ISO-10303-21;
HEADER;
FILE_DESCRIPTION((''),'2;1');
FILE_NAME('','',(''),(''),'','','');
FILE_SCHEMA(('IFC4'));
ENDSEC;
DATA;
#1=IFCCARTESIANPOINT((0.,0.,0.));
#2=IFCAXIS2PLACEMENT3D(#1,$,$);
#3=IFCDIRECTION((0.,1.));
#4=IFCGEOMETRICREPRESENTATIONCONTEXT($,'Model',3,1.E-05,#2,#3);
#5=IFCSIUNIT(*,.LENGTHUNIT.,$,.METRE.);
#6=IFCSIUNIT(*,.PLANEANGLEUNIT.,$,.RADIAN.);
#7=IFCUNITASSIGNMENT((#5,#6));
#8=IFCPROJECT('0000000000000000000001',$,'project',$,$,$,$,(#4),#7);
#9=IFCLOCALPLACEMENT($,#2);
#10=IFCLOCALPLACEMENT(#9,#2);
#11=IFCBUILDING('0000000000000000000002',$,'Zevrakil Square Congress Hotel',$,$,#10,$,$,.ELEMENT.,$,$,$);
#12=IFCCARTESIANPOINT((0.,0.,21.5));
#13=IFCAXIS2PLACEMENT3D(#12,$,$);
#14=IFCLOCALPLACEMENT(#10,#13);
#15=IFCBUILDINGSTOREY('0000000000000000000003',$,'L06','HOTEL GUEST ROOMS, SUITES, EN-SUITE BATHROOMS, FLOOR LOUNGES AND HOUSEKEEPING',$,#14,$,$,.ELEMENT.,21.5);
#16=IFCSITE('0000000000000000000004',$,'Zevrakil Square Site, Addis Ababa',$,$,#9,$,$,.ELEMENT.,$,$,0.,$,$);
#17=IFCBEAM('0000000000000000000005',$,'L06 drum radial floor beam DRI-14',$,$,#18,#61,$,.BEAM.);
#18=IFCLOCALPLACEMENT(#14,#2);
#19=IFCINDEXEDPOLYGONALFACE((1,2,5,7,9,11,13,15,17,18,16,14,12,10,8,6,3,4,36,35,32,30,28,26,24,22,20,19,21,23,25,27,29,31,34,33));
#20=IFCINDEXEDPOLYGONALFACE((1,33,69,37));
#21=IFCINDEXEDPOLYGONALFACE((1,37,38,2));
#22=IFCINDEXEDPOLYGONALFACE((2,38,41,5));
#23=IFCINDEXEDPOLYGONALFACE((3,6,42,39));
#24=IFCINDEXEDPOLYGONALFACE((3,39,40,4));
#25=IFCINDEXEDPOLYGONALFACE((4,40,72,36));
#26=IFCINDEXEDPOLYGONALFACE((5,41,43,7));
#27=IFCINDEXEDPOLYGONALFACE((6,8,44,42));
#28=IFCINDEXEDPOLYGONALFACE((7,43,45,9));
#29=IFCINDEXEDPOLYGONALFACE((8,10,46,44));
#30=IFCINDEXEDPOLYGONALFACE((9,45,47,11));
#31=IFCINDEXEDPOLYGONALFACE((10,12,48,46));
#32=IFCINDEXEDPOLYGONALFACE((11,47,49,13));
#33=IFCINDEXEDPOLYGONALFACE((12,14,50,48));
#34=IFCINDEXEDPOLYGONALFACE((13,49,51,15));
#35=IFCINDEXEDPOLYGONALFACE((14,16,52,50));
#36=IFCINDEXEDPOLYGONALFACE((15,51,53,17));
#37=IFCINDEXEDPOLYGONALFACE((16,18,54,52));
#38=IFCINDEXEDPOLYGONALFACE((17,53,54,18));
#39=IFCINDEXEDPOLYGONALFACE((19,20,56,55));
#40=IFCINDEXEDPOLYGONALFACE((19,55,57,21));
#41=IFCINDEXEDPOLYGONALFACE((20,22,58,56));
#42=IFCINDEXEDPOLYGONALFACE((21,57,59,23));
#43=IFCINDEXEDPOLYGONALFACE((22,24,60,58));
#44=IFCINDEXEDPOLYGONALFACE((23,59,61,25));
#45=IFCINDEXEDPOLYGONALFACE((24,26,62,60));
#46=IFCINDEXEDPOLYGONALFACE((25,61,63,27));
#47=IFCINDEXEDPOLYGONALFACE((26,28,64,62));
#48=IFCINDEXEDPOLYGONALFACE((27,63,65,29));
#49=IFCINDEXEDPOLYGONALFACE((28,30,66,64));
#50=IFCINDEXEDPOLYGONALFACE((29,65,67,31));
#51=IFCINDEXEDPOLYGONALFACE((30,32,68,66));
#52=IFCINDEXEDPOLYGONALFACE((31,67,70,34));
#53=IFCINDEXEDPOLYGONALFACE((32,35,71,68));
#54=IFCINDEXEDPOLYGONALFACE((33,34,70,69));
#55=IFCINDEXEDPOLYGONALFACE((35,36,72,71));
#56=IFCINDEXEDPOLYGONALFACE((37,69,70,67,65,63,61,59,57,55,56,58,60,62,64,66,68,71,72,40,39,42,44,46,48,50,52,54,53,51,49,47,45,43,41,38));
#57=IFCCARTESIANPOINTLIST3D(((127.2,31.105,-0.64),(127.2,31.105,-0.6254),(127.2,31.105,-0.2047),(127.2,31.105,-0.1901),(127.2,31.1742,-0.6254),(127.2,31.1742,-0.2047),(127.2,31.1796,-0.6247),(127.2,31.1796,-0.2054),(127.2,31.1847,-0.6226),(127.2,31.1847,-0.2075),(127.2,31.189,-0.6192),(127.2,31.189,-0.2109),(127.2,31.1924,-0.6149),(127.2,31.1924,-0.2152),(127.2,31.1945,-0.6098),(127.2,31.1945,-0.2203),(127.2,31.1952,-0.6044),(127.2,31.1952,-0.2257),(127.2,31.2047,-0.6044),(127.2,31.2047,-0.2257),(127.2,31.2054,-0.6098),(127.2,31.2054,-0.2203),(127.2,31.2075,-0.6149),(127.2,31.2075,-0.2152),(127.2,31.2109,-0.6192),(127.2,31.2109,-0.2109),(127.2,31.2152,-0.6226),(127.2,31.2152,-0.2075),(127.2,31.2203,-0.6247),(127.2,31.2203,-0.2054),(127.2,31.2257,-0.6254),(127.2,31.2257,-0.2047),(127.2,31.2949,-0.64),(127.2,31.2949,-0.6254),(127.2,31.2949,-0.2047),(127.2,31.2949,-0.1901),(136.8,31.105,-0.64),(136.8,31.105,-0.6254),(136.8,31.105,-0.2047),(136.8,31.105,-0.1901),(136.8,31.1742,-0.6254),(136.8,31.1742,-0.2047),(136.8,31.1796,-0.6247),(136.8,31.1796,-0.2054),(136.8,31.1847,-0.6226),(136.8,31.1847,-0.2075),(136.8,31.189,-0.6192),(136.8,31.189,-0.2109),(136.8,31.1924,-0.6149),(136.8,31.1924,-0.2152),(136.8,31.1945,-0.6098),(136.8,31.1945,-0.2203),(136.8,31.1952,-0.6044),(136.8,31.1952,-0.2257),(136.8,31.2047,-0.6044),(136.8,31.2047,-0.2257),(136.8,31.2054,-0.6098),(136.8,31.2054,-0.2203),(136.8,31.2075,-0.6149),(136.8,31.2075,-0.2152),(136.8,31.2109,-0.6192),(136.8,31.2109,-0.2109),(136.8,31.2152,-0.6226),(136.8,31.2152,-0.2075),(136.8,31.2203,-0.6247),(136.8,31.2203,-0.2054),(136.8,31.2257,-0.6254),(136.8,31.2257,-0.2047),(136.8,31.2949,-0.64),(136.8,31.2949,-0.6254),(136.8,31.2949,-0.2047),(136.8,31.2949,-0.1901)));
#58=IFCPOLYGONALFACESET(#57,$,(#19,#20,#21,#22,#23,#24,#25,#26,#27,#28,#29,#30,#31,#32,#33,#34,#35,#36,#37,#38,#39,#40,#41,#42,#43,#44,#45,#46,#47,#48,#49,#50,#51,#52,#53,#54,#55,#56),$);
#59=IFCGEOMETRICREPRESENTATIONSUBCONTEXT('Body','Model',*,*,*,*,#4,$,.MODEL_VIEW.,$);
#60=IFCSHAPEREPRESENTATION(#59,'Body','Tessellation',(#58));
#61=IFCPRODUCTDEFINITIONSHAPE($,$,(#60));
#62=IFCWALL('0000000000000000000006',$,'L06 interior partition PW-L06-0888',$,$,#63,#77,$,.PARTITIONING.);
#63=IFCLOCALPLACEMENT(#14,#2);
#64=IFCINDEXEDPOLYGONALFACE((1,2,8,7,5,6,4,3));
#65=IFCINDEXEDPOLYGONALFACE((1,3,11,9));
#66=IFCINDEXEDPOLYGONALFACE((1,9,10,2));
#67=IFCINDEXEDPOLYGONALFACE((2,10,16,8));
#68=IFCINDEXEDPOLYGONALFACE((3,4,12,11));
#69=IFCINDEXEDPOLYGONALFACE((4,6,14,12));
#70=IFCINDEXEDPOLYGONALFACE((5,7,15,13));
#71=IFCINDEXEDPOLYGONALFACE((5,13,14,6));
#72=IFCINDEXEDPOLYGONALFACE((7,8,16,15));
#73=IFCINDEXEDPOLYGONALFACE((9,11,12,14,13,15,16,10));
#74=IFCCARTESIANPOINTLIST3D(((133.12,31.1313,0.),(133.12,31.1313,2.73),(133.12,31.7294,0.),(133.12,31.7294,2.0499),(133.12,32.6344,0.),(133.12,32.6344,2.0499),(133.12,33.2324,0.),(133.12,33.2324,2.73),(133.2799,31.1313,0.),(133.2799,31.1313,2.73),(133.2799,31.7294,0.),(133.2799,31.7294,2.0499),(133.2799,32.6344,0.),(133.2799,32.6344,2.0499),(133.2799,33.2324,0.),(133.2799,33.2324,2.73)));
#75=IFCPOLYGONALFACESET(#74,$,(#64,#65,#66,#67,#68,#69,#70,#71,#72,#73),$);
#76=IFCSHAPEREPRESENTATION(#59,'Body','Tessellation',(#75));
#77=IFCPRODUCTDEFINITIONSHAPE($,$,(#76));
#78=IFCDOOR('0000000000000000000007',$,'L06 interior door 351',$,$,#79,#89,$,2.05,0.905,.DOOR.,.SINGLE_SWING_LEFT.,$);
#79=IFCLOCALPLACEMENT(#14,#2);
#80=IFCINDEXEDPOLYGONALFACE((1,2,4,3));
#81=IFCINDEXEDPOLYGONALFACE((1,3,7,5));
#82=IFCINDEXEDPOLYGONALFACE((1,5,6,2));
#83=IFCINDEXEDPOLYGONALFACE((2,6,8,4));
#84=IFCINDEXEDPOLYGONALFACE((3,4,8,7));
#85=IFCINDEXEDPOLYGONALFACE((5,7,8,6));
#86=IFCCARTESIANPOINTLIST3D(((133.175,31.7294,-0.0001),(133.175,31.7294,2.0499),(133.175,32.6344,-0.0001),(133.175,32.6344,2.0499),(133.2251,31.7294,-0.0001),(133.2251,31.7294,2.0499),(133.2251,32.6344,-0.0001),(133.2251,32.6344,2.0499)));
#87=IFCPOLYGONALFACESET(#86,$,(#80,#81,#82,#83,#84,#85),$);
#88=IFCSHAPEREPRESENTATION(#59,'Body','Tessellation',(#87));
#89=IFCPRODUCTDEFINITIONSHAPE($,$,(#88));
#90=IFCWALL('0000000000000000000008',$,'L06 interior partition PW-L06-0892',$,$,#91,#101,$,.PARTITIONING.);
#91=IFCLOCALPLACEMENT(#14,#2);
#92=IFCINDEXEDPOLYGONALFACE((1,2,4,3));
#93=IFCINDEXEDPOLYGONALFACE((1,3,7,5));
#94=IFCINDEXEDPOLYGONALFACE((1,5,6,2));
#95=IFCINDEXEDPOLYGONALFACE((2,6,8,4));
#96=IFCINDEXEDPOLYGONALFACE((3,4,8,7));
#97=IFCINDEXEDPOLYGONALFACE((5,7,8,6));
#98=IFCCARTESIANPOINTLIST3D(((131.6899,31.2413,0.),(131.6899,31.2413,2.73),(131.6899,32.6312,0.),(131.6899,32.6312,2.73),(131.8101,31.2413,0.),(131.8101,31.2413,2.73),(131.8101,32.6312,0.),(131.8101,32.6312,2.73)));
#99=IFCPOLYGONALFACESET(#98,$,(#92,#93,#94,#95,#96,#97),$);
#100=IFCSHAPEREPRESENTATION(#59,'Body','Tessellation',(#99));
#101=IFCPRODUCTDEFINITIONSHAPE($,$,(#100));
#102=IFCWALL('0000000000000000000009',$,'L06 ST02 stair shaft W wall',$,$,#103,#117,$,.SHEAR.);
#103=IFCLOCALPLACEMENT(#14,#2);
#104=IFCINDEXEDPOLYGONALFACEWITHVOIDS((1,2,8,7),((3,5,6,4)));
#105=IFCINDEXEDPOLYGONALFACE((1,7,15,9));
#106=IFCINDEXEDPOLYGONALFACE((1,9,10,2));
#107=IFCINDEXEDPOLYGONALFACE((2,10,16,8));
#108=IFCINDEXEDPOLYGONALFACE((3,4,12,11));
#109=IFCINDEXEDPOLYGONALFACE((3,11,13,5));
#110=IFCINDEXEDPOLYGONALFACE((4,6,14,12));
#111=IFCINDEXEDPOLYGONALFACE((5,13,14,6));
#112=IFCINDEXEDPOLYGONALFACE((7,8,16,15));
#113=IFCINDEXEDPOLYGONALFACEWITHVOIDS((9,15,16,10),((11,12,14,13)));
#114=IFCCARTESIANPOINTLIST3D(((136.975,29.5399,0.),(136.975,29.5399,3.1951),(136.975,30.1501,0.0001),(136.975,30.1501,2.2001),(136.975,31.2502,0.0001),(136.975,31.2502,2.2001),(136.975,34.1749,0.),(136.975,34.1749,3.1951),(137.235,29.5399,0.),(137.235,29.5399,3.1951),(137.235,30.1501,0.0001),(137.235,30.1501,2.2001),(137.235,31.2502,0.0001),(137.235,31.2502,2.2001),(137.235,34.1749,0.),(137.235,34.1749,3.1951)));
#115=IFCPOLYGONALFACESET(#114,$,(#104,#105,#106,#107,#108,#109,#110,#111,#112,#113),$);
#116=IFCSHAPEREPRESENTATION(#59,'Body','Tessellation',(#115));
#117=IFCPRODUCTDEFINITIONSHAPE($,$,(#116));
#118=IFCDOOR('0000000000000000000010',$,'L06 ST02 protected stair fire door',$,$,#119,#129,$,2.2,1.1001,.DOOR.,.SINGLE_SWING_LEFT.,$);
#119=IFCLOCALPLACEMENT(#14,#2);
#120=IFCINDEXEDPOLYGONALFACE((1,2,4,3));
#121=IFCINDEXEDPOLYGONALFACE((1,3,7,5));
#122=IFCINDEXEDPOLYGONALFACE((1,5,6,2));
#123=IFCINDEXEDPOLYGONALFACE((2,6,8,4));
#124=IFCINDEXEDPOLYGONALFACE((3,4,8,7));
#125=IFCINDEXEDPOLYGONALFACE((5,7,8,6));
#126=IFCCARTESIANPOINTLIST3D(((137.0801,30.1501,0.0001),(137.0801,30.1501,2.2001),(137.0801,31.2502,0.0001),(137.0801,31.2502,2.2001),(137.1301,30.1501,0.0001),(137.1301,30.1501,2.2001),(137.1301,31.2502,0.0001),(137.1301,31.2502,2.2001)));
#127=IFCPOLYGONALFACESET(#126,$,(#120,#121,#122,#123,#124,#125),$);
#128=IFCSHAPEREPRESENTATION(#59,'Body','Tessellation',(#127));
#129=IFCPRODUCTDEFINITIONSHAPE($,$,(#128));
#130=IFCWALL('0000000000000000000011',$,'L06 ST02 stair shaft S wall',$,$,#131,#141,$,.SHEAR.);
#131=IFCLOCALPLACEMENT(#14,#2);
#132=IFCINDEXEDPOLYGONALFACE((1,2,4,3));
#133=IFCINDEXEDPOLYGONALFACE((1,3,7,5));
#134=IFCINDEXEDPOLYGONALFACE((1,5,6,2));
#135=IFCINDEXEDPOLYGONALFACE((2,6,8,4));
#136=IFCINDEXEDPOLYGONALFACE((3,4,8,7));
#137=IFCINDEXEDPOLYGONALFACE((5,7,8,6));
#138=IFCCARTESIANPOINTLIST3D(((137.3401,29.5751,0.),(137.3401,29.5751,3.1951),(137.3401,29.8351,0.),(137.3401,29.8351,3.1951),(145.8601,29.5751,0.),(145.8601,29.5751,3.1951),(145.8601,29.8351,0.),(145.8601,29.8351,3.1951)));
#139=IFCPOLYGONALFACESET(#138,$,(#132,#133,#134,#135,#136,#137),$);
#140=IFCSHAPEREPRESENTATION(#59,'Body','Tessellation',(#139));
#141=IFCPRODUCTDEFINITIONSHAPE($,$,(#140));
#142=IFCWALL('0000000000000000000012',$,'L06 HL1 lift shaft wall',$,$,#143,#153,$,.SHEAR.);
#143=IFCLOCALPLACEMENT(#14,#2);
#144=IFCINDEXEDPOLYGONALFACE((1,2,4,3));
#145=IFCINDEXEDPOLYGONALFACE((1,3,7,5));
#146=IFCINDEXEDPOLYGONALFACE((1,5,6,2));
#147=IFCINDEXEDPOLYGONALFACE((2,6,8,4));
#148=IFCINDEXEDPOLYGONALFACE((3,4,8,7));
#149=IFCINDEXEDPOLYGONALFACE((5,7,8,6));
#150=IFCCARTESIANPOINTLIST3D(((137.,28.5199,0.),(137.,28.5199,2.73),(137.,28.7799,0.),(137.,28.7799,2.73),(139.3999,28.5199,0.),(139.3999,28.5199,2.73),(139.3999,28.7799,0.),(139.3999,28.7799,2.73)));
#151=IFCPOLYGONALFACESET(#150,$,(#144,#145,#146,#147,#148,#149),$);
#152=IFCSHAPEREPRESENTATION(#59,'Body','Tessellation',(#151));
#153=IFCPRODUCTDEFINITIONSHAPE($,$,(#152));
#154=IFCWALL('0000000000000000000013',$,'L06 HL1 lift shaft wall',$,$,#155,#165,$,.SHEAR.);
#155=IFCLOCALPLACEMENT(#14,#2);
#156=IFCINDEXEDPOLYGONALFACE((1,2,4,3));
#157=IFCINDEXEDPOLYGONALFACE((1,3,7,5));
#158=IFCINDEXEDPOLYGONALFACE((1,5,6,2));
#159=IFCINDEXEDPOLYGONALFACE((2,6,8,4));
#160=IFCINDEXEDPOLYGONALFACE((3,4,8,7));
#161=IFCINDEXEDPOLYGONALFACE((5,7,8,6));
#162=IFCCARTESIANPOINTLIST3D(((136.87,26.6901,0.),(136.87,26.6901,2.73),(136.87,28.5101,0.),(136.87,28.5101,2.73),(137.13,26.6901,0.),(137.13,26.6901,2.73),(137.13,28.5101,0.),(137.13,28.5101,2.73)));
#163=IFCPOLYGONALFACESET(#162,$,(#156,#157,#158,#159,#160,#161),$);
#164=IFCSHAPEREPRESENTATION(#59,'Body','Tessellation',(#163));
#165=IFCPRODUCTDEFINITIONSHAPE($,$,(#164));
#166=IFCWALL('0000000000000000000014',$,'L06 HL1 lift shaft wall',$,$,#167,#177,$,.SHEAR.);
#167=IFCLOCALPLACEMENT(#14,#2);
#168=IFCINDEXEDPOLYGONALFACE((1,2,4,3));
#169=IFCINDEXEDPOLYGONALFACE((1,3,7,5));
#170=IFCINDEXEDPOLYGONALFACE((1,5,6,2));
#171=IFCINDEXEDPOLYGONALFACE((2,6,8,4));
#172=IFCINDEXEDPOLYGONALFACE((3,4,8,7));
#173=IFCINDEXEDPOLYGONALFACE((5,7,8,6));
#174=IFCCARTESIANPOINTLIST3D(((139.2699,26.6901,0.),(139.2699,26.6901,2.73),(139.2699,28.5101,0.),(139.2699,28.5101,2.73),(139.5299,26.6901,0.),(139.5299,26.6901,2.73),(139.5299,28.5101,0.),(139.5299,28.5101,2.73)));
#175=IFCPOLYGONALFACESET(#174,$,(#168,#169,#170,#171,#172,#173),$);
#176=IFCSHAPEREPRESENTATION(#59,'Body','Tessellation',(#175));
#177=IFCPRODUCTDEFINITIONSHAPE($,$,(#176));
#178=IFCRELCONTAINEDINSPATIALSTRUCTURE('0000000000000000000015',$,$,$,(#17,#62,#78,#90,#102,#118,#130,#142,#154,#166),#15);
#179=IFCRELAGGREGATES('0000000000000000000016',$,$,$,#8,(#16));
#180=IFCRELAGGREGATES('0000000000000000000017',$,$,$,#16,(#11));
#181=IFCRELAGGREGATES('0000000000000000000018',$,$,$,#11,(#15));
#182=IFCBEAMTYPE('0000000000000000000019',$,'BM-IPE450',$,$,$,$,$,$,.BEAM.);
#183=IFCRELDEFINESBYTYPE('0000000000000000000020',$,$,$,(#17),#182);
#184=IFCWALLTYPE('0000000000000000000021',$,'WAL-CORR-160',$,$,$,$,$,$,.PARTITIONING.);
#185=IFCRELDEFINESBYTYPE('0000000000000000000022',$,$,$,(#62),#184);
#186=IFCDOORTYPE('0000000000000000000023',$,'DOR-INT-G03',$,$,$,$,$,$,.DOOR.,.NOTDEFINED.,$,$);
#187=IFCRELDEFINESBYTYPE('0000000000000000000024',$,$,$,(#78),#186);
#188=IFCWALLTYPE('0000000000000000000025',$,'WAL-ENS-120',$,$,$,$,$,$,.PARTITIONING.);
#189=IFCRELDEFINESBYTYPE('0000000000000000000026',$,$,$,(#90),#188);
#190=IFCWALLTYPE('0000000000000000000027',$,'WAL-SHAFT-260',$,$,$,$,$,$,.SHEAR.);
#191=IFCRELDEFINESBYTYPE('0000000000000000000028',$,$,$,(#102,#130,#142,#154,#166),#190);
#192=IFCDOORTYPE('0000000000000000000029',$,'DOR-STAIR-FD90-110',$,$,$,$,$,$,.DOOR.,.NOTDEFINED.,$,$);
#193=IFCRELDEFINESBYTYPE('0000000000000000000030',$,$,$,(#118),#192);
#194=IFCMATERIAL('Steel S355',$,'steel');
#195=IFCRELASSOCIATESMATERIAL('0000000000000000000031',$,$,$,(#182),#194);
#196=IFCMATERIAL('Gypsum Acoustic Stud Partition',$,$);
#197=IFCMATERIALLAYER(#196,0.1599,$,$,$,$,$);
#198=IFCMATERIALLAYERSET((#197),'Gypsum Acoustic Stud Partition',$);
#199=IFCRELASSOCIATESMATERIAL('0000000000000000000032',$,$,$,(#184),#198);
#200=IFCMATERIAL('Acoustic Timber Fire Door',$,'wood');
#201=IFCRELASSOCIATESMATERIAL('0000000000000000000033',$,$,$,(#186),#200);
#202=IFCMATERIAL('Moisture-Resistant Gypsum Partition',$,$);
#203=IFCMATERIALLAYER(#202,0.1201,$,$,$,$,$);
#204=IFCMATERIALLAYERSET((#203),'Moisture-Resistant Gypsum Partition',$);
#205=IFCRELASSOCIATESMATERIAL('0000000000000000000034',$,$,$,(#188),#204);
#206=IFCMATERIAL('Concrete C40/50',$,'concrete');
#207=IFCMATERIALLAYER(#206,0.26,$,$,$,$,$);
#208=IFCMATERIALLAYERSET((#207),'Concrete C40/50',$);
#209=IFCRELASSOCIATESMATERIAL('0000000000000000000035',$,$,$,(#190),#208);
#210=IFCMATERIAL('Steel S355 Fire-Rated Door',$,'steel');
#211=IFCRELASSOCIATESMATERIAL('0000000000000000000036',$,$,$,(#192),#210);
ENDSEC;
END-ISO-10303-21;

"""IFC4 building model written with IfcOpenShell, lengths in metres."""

from ifc_helpers import new_model, si_unit, direction, frame, frame_2d, origin, origin_2d, place, context, subcontext, project, spatial, rectangle, i_section, extrude, material, layer, layer_set, material_profile, profile_set, type_object, element, fill, save


model = new_model("IFC4")

# Units and contexts
model_context = context("Model", 3, precision=1e-05, world=origin(), true_north=direction((0.0, 1.0)))
body_context = subcontext(model_context, "Body", "Model", "MODEL_VIEW")
ifc_project = project(units=[si_unit("LENGTHUNIT", "METRE"), si_unit("PLANEANGLEUNIT", "RADIAN")], contexts=[model_context])

# Site, building, storey
site_placement = place(None, origin())
site = spatial("IfcSite", under=ifc_project, at=site_placement, Name="Zevrakil Square Site, Addis Ababa", CompositionType="ELEMENT", RefElevation=0.0)
building_placement = place(site_placement, origin())
building = spatial("IfcBuilding", under=site, at=building_placement, Name="Zevrakil Square Congress Hotel", CompositionType="ELEMENT")
storey_placement = place(building_placement, frame((0.0, 0.0, 21.5)))
storey = spatial("IfcBuildingStorey", under=building, at=storey_placement, Name="L06", Description="HOTEL GUEST ROOMS, SUITES, EN-SUITE BATHROOMS, FLOOR LOUNGES AND HOUSEKEEPING", CompositionType="ELEMENT", Elevation=21.5)

# Beam
ifc_material_1 = material(Name="Steel S355", Category="steel")
ifc_material_profile = material_profile(ifc_material_1, i_section(OverallWidth=0.1899, OverallDepth=0.45, WebThickness=0.0095, FlangeThickness=0.0146, FilletRadius=0.021, at=origin_2d()), Name="IPE 450")
ifc_profile_set = profile_set([ifc_material_profile], Name="Steel S355")
beam_type = type_object("IfcBeamType", Name="BM-IPE450", PredefinedType="BEAM", material=ifc_profile_set)
beam_placement = place(storey_placement, frame((136.8, 31.2, -0.415), z_axis=(-1.0, 0.0, 0.0), x_axis=(0.0, -1.0, 0.0)))
element("IfcBeam", 1, at=beam_placement, inside=storey, type_object=beam_type, Name="L06 drum radial floor beam DRI-14", PredefinedType="BEAM", context=body_context, shape_type="SweptSolid", body=[
    extrude(i_section(OverallWidth=0.1899, OverallDepth=0.45, WebThickness=0.0095, FlangeThickness=0.0146, FilletRadius=0.021, at=origin_2d()), origin(), (0.0, 0.0, 1.0), 9.6001),
])

# Wall, opening, door
ifc_material_2 = material(Name="Gypsum Acoustic Stud Partition")
ifc_layer_1 = layer(ifc_material_2, 0.1599)
ifc_layer_set_1 = layer_set([ifc_layer_1], Name="Gypsum Acoustic Stud Partition")
wall_type_1 = type_object("IfcWallType", Name="WAL-CORR-160", PredefinedType="PARTITIONING", material=ifc_layer_set_1)
wall_1_placement = place(storey_placement, frame((133.2, 31.1313, 0.0), z_axis=(0.0, 0.0, 1.0), x_axis=(0.0, 1.0, 0.0)))
wall_1 = element("IfcWall", 2, at=wall_1_placement, inside=storey, type_object=wall_type_1, Name="L06 interior partition PW-L06-0888", PredefinedType="PARTITIONING", context=body_context, shape_type="SweptSolid", body=[
    extrude(rectangle(XDim=2.1011, YDim=0.1599, at=frame_2d((1.0505, 0.0))), origin(), (0.0, 0.0, 1.0), 2.73),
])
opening_1_placement = place(wall_1_placement, frame((0.5979, 0.0, 0.0)))
opening_1 = element("IfcOpeningElement", 3, at=opening_1_placement, cuts=wall_1, PredefinedType="OPENING", context=body_context, shape_type="SweptSolid", body=[
    extrude(rectangle(XDim=0.905, YDim=2.05, at=frame_2d((0.4526, 1.0249))), frame((0.0, 0.0898, 0.0), z_axis=(0.0, -1.0, 0.0), x_axis=(1.0, 0.0, 0.0)), (0.0, 0.0, 1.0), 0.1799),
])
ifc_material_3 = material(Name="Acoustic Timber Fire Door", Category="wood")
door_type_1 = type_object("IfcDoorType", Name="DOR-INT-G03", OperationType="NOTDEFINED", PredefinedType="DOOR", material=ifc_material_3)
door_1_placement = place(opening_1_placement, origin())
door_1 = element("IfcDoor", 4, at=door_1_placement, inside=storey, type_object=door_type_1, Name="L06 interior door 351", OperationType="SINGLE_SWING_LEFT", OverallHeight=2.05, OverallWidth=0.905, PredefinedType="DOOR", context=body_context, shape_type="SweptSolid", body=[
    extrude(rectangle(XDim=0.905, YDim=2.05, at=frame_2d((0.4526, 1.0249))), frame((0.0, 0.0249, 0.0), z_axis=(0.0, -1.0, 0.0), x_axis=(1.0, 0.0, 0.0)), (0.0, 0.0, 1.0), 0.05),
])
fill(opening_1, door_1)

# Wall
ifc_material_4 = material(Name="Moisture-Resistant Gypsum Partition")
ifc_layer_2 = layer(ifc_material_4, 0.1201)
ifc_layer_set_2 = layer_set([ifc_layer_2], Name="Moisture-Resistant Gypsum Partition")
wall_type_2 = type_object("IfcWallType", Name="WAL-ENS-120", PredefinedType="PARTITIONING", material=ifc_layer_set_2)
wall_2_placement = place(storey_placement, frame((131.75, 31.2415, 0.0), z_axis=(0.0, 0.0, 1.0), x_axis=(0.0, 1.0, 0.0)))
element("IfcWall", 5, at=wall_2_placement, inside=storey, type_object=wall_type_2, Name="L06 interior partition PW-L06-0892", PredefinedType="PARTITIONING", context=body_context, shape_type="SweptSolid", body=[
    extrude(rectangle(XDim=1.3899, YDim=0.1201, at=frame_2d((0.6948, 0.0))), origin(), (0.0, 0.0, 1.0), 2.73),
])

# Wall, opening, door
ifc_material_5 = material(Name="Concrete C40/50", Category="concrete")
ifc_layer_3 = layer(ifc_material_5, 0.26)
ifc_layer_set_3 = layer_set([ifc_layer_3], Name="Concrete C40/50")
wall_type_3 = type_object("IfcWallType", Name="WAL-SHAFT-260", PredefinedType="SHEAR", material=ifc_layer_set_3)
wall_3_placement = place(storey_placement, frame((137.105, 29.54, 0.0), z_axis=(0.0, 0.0, 1.0), x_axis=(0.0, 1.0, 0.0)))
wall_3 = element("IfcWall", 6, at=wall_3_placement, inside=storey, type_object=wall_type_3, Name="L06 ST02 stair shaft W wall", PredefinedType="SHEAR", context=body_context, shape_type="SweptSolid", body=[
    extrude(rectangle(XDim=4.635, YDim=0.26, at=frame_2d((2.3174, 0.0))), origin(), (0.0, 0.0, 1.0), 3.1951),
])
opening_2_placement = place(wall_3_placement, frame((0.6101, 0.0, 0.0)))
opening_2 = element("IfcOpeningElement", 7, at=opening_2_placement, cuts=wall_3, PredefinedType="OPENING", context=body_context, shape_type="SweptSolid", body=[
    extrude(rectangle(XDim=1.1001, YDim=2.2, at=frame_2d((0.55, 1.1001))), frame((0.0, 0.1401, 0.0), z_axis=(0.0, -1.0, 0.0), x_axis=(1.0, 0.0, 0.0)), (0.0, 0.0, 1.0), 0.28),
])
ifc_material_6 = material(Name="Steel S355 Fire-Rated Door", Category="steel")
door_type_2 = type_object("IfcDoorType", Name="DOR-STAIR-FD90-110", OperationType="NOTDEFINED", PredefinedType="DOOR", material=ifc_material_6)
door_2_placement = place(opening_2_placement, origin())
door_2 = element("IfcDoor", 8, at=door_2_placement, inside=storey, type_object=door_type_2, Name="L06 ST02 protected stair fire door", OperationType="SINGLE_SWING_LEFT", OverallHeight=2.2, OverallWidth=1.1001, PredefinedType="DOOR", context=body_context, shape_type="SweptSolid", body=[
    extrude(rectangle(XDim=1.1001, YDim=2.2, at=frame_2d((0.55, 1.1001))), frame((0.0, 0.0249, 0.0), z_axis=(0.0, -1.0, 0.0), x_axis=(1.0, 0.0, 0.0)), (0.0, 0.0, 1.0), 0.05),
])
fill(opening_2, door_2)

# Walls
wall_4_placement = place(storey_placement, frame((137.3401, 29.7051, 0.0), z_axis=(0.0, 0.0, 1.0), x_axis=(1.0, 0.0, 0.0)))
element("IfcWall", 9, at=wall_4_placement, inside=storey, type_object=wall_type_3, Name="L06 ST02 stair shaft S wall", PredefinedType="SHEAR", context=body_context, shape_type="SweptSolid", body=[
    extrude(rectangle(XDim=8.52, YDim=0.26, at=frame_2d((4.26, 0.0))), origin(), (0.0, 0.0, 1.0), 3.1951),
])
wall_5_placement = place(storey_placement, frame((137.0, 28.6499, 0.0), z_axis=(0.0, 0.0, 1.0), x_axis=(1.0, 0.0, 0.0)))
element("IfcWall", 10, at=wall_5_placement, inside=storey, type_object=wall_type_3, Name="L06 HL1 lift shaft wall", PredefinedType="SHEAR", context=body_context, shape_type="SweptSolid", body=[
    extrude(rectangle(XDim=2.3999, YDim=0.26, at=frame_2d((1.2, 0.0))), origin(), (0.0, 0.0, 1.0), 2.73),
])
for number, where, z_axis, x_axis, name in (
    (11, (137.0, 26.6899, 0.0), (0.0, 0.0, 1.0), (0.0, 1.0, 0.0), "L06 HL1 lift shaft wall"),
    (12, (139.3999, 26.6899, 0.0), (0.0, 0.0, 1.0), (0.0, 1.0, 0.0), "L06 HL1 lift shaft wall"),
):
    element("IfcWall", number, at=place(storey_placement, frame(where, z_axis=z_axis, x_axis=x_axis)), inside=storey, type_object=wall_type_3, Name=name, PredefinedType="SHEAR", context=body_context, shape_type="SweptSolid", body=[
        extrude(rectangle(XDim=1.8201, YDim=0.26, at=frame_2d((0.9102, 0.0))), origin(), (0.0, 0.0, 1.0), 2.73),
    ])

save(model, "model.ifc")
